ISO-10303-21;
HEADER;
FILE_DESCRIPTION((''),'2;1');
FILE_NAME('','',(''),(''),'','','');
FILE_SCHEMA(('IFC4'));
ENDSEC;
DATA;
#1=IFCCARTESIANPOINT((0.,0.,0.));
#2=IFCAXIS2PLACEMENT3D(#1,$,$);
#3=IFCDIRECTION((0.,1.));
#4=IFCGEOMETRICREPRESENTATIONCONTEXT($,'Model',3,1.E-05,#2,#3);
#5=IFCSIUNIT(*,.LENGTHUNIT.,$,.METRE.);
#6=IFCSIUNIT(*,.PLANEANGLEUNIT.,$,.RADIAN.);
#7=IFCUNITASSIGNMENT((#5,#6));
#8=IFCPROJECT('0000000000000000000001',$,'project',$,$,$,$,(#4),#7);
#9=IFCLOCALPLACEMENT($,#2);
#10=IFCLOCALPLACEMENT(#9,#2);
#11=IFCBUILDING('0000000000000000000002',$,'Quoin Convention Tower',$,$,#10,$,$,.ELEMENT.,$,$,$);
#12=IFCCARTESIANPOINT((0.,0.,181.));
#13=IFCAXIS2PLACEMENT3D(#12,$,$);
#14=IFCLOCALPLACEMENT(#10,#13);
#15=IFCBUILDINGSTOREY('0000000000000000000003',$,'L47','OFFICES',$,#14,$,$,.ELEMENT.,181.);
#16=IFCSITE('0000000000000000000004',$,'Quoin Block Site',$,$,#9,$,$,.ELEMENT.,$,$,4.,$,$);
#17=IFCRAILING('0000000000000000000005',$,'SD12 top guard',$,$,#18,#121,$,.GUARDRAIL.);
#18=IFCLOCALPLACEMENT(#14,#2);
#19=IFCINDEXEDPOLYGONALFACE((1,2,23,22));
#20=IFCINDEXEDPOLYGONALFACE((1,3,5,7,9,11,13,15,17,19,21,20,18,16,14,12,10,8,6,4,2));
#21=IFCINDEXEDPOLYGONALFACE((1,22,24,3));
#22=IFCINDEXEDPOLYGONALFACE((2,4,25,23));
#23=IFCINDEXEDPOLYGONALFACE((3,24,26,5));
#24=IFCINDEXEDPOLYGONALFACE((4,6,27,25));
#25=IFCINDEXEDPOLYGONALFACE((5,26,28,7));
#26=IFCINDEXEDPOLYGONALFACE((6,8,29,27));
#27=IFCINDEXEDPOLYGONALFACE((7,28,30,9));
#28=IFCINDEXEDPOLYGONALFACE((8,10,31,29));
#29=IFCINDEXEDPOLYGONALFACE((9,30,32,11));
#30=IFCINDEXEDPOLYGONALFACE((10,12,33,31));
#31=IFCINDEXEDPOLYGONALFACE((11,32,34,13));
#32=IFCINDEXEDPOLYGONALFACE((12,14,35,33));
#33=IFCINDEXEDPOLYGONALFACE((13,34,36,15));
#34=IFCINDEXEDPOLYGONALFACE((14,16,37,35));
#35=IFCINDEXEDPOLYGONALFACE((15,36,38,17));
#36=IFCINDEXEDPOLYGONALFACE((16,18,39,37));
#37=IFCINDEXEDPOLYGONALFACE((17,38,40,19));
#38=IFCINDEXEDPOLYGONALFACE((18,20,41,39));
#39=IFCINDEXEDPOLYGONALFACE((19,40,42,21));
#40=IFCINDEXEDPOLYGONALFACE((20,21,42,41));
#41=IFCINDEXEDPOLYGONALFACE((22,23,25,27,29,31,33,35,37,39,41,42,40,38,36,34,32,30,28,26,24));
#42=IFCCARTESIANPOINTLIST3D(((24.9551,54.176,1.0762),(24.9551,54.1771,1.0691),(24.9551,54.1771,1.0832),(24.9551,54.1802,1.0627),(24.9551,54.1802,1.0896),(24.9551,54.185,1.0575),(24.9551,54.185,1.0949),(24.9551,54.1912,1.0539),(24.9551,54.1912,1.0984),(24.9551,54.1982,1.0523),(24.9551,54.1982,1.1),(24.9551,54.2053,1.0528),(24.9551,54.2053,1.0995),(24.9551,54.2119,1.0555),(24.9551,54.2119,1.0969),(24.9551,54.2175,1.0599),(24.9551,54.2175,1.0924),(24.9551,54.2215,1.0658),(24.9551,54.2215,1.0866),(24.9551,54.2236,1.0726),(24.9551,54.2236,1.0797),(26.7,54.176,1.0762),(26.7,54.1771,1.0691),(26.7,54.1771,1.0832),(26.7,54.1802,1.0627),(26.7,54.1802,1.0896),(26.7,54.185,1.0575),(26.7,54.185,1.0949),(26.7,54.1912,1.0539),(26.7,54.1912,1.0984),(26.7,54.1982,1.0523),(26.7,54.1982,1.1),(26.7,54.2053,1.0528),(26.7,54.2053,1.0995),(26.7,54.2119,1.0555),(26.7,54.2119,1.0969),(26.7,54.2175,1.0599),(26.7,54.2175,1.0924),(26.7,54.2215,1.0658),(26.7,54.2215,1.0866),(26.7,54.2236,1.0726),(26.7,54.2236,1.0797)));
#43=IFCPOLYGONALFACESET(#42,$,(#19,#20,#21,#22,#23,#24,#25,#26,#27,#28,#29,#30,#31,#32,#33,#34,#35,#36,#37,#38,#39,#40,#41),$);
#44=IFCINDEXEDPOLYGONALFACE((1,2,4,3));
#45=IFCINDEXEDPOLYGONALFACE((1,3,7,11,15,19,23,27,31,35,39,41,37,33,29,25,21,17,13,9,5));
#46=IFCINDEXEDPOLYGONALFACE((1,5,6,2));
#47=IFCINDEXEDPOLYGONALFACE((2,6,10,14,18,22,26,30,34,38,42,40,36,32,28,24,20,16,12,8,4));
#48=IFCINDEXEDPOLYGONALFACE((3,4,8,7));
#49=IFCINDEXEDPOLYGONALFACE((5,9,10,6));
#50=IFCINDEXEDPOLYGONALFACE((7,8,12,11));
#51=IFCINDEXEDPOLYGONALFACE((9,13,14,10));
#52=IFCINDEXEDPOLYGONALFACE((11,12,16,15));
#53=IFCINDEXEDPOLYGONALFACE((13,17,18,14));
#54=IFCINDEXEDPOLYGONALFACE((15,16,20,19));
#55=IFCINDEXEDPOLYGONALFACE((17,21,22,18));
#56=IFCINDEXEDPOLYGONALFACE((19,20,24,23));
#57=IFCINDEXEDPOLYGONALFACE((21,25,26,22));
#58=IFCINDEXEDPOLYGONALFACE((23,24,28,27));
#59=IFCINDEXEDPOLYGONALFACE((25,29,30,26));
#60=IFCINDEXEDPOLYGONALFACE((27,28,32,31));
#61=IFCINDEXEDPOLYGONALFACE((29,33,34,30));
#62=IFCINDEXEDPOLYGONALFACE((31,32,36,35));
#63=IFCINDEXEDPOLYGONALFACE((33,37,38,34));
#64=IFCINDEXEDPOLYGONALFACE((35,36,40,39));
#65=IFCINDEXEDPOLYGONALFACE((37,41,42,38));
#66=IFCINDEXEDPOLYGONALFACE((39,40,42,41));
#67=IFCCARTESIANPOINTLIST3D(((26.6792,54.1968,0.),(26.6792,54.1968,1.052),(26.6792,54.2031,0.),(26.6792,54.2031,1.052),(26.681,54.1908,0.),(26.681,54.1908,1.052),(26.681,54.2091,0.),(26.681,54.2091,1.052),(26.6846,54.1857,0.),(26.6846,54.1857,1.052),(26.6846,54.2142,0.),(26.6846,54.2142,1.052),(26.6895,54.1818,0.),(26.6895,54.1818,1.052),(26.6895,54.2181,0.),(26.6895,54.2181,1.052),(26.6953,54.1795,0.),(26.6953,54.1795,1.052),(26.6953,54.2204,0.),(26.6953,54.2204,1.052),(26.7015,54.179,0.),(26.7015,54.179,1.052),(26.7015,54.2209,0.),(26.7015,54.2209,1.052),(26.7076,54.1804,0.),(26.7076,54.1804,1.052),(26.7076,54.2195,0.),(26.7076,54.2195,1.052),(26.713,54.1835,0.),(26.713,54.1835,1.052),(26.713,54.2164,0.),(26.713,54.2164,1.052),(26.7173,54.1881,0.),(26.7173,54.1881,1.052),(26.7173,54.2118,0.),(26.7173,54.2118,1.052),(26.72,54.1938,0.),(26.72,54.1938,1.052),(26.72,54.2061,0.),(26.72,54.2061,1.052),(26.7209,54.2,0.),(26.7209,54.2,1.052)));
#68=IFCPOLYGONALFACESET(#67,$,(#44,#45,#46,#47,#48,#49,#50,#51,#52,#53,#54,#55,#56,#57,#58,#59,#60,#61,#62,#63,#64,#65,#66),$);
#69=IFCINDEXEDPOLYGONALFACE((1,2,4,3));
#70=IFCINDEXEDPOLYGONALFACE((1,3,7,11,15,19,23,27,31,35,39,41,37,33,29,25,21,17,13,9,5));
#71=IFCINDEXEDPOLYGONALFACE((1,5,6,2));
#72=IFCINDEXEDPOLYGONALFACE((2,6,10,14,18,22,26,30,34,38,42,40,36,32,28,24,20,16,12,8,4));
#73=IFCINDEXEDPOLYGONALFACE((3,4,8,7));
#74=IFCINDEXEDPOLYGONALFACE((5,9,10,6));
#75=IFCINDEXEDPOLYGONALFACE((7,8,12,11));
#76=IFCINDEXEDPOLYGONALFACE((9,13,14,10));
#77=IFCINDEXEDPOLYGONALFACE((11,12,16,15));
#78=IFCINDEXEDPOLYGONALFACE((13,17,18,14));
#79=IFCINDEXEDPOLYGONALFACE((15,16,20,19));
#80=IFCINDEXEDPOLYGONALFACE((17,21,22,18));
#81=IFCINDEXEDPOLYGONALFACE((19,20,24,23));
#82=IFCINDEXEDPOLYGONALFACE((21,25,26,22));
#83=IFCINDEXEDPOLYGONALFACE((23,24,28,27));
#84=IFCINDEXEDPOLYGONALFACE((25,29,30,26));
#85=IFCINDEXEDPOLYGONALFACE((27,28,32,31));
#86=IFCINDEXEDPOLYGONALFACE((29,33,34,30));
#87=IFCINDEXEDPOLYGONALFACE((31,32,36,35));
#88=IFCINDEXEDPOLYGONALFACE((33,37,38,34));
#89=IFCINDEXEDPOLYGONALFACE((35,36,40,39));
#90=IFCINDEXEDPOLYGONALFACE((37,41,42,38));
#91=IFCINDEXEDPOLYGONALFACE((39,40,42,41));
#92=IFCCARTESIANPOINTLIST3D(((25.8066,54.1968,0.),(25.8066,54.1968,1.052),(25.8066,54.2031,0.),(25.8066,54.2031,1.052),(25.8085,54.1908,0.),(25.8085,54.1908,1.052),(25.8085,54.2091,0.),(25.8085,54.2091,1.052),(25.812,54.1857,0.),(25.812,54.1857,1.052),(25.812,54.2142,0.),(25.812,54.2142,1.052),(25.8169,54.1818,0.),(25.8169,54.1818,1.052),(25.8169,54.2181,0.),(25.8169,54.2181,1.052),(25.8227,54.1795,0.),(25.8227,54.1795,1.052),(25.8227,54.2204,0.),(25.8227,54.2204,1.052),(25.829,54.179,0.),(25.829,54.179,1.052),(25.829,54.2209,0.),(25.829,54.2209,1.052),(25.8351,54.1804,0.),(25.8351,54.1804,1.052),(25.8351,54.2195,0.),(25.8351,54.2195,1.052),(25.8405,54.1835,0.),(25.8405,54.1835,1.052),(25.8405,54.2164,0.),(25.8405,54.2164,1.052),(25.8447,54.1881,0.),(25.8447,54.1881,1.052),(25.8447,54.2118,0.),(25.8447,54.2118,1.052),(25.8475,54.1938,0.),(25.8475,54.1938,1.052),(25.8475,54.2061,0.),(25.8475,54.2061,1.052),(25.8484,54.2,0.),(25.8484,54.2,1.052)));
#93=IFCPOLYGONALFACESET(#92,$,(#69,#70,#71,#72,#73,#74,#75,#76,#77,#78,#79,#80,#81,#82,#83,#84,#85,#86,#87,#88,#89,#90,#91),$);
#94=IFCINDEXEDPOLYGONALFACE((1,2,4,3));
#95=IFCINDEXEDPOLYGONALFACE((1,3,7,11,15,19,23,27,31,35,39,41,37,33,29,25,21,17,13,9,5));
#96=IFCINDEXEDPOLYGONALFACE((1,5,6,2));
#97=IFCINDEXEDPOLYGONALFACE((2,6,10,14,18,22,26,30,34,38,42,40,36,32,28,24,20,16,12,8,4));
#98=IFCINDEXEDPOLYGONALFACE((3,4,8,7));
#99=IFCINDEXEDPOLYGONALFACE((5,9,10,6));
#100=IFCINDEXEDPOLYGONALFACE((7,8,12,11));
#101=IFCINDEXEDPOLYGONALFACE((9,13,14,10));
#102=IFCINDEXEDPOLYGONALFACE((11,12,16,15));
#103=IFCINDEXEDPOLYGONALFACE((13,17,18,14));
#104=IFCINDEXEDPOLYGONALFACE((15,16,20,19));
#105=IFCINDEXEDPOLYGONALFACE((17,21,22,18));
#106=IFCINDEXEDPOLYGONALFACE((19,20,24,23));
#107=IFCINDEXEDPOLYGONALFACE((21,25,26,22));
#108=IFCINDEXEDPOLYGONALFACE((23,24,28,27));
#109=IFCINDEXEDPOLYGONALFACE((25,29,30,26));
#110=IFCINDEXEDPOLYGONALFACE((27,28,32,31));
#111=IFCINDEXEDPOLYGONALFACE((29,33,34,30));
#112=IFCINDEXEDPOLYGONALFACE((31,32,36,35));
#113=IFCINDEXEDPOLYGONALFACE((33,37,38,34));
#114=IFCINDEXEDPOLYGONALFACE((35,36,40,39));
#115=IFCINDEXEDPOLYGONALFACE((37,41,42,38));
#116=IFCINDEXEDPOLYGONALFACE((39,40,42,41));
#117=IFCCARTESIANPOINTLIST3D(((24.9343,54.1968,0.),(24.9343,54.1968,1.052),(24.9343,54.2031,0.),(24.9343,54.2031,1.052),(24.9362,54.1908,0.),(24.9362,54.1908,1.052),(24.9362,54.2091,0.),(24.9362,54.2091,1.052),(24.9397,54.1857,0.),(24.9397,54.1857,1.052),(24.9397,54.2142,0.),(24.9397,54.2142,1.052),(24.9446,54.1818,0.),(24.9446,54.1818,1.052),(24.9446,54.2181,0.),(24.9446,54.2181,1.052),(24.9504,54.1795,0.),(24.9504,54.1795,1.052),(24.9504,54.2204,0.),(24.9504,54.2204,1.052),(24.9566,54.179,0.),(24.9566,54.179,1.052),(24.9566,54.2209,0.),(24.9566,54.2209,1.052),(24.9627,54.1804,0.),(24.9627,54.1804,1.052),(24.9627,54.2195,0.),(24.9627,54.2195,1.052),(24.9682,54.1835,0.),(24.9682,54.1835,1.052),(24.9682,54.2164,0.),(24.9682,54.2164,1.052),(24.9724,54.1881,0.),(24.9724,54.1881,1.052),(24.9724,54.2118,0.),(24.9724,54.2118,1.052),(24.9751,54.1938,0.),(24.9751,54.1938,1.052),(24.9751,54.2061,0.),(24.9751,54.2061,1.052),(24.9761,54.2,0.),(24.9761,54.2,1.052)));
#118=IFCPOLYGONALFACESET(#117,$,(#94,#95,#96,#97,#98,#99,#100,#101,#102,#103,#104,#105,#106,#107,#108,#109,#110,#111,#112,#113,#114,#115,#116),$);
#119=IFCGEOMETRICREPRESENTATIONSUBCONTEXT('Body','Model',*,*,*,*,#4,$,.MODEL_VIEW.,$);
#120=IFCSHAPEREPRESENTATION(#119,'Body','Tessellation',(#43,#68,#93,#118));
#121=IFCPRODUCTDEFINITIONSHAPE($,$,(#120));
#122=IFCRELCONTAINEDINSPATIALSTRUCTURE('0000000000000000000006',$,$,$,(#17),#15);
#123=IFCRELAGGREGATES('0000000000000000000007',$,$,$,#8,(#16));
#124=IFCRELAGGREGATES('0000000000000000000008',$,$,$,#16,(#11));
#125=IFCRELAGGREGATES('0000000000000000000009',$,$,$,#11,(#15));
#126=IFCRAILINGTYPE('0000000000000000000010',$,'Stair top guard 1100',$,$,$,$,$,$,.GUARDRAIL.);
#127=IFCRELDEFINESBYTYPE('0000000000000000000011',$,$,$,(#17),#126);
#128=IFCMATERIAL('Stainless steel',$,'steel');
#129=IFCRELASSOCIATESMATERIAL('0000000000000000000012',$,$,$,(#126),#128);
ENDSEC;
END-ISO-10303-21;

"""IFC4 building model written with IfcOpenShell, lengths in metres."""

from ifc_helpers import new_model, si_unit, direction, frame, origin, origin_2d, place, context, subcontext, project, spatial, circle, extrude, material, type_object, element, save


model = new_model("IFC4")

# Units and contexts
model_context = context("Model", 3, precision=1e-05, world=origin(), true_north=direction((0.0, 1.0)))
body_context = subcontext(model_context, "Body", "Model", "MODEL_VIEW")
ifc_project = project(units=[si_unit("LENGTHUNIT", "METRE"), si_unit("PLANEANGLEUNIT", "RADIAN")], contexts=[model_context])

# Site, building, storey
site_placement = place(None, origin())
site = spatial("IfcSite", under=ifc_project, at=site_placement, Name="Quoin Block Site", CompositionType="ELEMENT", RefElevation=4.0)
building_placement = place(site_placement, origin())
building = spatial("IfcBuilding", under=site, at=building_placement, Name="Quoin Convention Tower", CompositionType="ELEMENT")
storey_placement = place(building_placement, frame((0.0, 0.0, 181.0)))
storey = spatial("IfcBuildingStorey", under=building, at=storey_placement, Name="L47", Description="OFFICES", CompositionType="ELEMENT", Elevation=181.0)

# Railing
ifc_material_1 = material(Name="Stainless steel", Category="steel")
railing_type_1 = type_object("IfcRailingType", Name="Stair top guard 1100", PredefinedType="GUARDRAIL", material=ifc_material_1)
railing_1_placement = place(storey_placement, frame((26.7, 54.2, 0.0)))
element("IfcRailing", 1, at=railing_1_placement, inside=storey, type_object=railing_type_1, Name="SD12 top guard", PredefinedType="GUARDRAIL", context=body_context, shape_type="SweptSolid", body=[
    extrude(circle(Radius=0.0239, at=origin_2d()), frame((0.0, 0.0, 1.0762), z_axis=(-1.0, 0.0, 0.0), x_axis=(0.0, -1.0, 0.0)), (0.0, 0.0, 1.0), 1.7449),
    extrude(circle(Radius=0.021, at=origin_2d()), origin(), (0.0, 0.0, 1.0), 1.052),
    extrude(circle(Radius=0.021, at=origin_2d()), frame((-0.8726, 0.0, 0.0)), (0.0, 0.0, 1.0), 1.052),
    extrude(circle(Radius=0.021, at=origin_2d()), frame((-1.7449, 0.0, 0.0)), (0.0, 0.0, 1.0), 1.052),
])

save(model, "model.ifc")
